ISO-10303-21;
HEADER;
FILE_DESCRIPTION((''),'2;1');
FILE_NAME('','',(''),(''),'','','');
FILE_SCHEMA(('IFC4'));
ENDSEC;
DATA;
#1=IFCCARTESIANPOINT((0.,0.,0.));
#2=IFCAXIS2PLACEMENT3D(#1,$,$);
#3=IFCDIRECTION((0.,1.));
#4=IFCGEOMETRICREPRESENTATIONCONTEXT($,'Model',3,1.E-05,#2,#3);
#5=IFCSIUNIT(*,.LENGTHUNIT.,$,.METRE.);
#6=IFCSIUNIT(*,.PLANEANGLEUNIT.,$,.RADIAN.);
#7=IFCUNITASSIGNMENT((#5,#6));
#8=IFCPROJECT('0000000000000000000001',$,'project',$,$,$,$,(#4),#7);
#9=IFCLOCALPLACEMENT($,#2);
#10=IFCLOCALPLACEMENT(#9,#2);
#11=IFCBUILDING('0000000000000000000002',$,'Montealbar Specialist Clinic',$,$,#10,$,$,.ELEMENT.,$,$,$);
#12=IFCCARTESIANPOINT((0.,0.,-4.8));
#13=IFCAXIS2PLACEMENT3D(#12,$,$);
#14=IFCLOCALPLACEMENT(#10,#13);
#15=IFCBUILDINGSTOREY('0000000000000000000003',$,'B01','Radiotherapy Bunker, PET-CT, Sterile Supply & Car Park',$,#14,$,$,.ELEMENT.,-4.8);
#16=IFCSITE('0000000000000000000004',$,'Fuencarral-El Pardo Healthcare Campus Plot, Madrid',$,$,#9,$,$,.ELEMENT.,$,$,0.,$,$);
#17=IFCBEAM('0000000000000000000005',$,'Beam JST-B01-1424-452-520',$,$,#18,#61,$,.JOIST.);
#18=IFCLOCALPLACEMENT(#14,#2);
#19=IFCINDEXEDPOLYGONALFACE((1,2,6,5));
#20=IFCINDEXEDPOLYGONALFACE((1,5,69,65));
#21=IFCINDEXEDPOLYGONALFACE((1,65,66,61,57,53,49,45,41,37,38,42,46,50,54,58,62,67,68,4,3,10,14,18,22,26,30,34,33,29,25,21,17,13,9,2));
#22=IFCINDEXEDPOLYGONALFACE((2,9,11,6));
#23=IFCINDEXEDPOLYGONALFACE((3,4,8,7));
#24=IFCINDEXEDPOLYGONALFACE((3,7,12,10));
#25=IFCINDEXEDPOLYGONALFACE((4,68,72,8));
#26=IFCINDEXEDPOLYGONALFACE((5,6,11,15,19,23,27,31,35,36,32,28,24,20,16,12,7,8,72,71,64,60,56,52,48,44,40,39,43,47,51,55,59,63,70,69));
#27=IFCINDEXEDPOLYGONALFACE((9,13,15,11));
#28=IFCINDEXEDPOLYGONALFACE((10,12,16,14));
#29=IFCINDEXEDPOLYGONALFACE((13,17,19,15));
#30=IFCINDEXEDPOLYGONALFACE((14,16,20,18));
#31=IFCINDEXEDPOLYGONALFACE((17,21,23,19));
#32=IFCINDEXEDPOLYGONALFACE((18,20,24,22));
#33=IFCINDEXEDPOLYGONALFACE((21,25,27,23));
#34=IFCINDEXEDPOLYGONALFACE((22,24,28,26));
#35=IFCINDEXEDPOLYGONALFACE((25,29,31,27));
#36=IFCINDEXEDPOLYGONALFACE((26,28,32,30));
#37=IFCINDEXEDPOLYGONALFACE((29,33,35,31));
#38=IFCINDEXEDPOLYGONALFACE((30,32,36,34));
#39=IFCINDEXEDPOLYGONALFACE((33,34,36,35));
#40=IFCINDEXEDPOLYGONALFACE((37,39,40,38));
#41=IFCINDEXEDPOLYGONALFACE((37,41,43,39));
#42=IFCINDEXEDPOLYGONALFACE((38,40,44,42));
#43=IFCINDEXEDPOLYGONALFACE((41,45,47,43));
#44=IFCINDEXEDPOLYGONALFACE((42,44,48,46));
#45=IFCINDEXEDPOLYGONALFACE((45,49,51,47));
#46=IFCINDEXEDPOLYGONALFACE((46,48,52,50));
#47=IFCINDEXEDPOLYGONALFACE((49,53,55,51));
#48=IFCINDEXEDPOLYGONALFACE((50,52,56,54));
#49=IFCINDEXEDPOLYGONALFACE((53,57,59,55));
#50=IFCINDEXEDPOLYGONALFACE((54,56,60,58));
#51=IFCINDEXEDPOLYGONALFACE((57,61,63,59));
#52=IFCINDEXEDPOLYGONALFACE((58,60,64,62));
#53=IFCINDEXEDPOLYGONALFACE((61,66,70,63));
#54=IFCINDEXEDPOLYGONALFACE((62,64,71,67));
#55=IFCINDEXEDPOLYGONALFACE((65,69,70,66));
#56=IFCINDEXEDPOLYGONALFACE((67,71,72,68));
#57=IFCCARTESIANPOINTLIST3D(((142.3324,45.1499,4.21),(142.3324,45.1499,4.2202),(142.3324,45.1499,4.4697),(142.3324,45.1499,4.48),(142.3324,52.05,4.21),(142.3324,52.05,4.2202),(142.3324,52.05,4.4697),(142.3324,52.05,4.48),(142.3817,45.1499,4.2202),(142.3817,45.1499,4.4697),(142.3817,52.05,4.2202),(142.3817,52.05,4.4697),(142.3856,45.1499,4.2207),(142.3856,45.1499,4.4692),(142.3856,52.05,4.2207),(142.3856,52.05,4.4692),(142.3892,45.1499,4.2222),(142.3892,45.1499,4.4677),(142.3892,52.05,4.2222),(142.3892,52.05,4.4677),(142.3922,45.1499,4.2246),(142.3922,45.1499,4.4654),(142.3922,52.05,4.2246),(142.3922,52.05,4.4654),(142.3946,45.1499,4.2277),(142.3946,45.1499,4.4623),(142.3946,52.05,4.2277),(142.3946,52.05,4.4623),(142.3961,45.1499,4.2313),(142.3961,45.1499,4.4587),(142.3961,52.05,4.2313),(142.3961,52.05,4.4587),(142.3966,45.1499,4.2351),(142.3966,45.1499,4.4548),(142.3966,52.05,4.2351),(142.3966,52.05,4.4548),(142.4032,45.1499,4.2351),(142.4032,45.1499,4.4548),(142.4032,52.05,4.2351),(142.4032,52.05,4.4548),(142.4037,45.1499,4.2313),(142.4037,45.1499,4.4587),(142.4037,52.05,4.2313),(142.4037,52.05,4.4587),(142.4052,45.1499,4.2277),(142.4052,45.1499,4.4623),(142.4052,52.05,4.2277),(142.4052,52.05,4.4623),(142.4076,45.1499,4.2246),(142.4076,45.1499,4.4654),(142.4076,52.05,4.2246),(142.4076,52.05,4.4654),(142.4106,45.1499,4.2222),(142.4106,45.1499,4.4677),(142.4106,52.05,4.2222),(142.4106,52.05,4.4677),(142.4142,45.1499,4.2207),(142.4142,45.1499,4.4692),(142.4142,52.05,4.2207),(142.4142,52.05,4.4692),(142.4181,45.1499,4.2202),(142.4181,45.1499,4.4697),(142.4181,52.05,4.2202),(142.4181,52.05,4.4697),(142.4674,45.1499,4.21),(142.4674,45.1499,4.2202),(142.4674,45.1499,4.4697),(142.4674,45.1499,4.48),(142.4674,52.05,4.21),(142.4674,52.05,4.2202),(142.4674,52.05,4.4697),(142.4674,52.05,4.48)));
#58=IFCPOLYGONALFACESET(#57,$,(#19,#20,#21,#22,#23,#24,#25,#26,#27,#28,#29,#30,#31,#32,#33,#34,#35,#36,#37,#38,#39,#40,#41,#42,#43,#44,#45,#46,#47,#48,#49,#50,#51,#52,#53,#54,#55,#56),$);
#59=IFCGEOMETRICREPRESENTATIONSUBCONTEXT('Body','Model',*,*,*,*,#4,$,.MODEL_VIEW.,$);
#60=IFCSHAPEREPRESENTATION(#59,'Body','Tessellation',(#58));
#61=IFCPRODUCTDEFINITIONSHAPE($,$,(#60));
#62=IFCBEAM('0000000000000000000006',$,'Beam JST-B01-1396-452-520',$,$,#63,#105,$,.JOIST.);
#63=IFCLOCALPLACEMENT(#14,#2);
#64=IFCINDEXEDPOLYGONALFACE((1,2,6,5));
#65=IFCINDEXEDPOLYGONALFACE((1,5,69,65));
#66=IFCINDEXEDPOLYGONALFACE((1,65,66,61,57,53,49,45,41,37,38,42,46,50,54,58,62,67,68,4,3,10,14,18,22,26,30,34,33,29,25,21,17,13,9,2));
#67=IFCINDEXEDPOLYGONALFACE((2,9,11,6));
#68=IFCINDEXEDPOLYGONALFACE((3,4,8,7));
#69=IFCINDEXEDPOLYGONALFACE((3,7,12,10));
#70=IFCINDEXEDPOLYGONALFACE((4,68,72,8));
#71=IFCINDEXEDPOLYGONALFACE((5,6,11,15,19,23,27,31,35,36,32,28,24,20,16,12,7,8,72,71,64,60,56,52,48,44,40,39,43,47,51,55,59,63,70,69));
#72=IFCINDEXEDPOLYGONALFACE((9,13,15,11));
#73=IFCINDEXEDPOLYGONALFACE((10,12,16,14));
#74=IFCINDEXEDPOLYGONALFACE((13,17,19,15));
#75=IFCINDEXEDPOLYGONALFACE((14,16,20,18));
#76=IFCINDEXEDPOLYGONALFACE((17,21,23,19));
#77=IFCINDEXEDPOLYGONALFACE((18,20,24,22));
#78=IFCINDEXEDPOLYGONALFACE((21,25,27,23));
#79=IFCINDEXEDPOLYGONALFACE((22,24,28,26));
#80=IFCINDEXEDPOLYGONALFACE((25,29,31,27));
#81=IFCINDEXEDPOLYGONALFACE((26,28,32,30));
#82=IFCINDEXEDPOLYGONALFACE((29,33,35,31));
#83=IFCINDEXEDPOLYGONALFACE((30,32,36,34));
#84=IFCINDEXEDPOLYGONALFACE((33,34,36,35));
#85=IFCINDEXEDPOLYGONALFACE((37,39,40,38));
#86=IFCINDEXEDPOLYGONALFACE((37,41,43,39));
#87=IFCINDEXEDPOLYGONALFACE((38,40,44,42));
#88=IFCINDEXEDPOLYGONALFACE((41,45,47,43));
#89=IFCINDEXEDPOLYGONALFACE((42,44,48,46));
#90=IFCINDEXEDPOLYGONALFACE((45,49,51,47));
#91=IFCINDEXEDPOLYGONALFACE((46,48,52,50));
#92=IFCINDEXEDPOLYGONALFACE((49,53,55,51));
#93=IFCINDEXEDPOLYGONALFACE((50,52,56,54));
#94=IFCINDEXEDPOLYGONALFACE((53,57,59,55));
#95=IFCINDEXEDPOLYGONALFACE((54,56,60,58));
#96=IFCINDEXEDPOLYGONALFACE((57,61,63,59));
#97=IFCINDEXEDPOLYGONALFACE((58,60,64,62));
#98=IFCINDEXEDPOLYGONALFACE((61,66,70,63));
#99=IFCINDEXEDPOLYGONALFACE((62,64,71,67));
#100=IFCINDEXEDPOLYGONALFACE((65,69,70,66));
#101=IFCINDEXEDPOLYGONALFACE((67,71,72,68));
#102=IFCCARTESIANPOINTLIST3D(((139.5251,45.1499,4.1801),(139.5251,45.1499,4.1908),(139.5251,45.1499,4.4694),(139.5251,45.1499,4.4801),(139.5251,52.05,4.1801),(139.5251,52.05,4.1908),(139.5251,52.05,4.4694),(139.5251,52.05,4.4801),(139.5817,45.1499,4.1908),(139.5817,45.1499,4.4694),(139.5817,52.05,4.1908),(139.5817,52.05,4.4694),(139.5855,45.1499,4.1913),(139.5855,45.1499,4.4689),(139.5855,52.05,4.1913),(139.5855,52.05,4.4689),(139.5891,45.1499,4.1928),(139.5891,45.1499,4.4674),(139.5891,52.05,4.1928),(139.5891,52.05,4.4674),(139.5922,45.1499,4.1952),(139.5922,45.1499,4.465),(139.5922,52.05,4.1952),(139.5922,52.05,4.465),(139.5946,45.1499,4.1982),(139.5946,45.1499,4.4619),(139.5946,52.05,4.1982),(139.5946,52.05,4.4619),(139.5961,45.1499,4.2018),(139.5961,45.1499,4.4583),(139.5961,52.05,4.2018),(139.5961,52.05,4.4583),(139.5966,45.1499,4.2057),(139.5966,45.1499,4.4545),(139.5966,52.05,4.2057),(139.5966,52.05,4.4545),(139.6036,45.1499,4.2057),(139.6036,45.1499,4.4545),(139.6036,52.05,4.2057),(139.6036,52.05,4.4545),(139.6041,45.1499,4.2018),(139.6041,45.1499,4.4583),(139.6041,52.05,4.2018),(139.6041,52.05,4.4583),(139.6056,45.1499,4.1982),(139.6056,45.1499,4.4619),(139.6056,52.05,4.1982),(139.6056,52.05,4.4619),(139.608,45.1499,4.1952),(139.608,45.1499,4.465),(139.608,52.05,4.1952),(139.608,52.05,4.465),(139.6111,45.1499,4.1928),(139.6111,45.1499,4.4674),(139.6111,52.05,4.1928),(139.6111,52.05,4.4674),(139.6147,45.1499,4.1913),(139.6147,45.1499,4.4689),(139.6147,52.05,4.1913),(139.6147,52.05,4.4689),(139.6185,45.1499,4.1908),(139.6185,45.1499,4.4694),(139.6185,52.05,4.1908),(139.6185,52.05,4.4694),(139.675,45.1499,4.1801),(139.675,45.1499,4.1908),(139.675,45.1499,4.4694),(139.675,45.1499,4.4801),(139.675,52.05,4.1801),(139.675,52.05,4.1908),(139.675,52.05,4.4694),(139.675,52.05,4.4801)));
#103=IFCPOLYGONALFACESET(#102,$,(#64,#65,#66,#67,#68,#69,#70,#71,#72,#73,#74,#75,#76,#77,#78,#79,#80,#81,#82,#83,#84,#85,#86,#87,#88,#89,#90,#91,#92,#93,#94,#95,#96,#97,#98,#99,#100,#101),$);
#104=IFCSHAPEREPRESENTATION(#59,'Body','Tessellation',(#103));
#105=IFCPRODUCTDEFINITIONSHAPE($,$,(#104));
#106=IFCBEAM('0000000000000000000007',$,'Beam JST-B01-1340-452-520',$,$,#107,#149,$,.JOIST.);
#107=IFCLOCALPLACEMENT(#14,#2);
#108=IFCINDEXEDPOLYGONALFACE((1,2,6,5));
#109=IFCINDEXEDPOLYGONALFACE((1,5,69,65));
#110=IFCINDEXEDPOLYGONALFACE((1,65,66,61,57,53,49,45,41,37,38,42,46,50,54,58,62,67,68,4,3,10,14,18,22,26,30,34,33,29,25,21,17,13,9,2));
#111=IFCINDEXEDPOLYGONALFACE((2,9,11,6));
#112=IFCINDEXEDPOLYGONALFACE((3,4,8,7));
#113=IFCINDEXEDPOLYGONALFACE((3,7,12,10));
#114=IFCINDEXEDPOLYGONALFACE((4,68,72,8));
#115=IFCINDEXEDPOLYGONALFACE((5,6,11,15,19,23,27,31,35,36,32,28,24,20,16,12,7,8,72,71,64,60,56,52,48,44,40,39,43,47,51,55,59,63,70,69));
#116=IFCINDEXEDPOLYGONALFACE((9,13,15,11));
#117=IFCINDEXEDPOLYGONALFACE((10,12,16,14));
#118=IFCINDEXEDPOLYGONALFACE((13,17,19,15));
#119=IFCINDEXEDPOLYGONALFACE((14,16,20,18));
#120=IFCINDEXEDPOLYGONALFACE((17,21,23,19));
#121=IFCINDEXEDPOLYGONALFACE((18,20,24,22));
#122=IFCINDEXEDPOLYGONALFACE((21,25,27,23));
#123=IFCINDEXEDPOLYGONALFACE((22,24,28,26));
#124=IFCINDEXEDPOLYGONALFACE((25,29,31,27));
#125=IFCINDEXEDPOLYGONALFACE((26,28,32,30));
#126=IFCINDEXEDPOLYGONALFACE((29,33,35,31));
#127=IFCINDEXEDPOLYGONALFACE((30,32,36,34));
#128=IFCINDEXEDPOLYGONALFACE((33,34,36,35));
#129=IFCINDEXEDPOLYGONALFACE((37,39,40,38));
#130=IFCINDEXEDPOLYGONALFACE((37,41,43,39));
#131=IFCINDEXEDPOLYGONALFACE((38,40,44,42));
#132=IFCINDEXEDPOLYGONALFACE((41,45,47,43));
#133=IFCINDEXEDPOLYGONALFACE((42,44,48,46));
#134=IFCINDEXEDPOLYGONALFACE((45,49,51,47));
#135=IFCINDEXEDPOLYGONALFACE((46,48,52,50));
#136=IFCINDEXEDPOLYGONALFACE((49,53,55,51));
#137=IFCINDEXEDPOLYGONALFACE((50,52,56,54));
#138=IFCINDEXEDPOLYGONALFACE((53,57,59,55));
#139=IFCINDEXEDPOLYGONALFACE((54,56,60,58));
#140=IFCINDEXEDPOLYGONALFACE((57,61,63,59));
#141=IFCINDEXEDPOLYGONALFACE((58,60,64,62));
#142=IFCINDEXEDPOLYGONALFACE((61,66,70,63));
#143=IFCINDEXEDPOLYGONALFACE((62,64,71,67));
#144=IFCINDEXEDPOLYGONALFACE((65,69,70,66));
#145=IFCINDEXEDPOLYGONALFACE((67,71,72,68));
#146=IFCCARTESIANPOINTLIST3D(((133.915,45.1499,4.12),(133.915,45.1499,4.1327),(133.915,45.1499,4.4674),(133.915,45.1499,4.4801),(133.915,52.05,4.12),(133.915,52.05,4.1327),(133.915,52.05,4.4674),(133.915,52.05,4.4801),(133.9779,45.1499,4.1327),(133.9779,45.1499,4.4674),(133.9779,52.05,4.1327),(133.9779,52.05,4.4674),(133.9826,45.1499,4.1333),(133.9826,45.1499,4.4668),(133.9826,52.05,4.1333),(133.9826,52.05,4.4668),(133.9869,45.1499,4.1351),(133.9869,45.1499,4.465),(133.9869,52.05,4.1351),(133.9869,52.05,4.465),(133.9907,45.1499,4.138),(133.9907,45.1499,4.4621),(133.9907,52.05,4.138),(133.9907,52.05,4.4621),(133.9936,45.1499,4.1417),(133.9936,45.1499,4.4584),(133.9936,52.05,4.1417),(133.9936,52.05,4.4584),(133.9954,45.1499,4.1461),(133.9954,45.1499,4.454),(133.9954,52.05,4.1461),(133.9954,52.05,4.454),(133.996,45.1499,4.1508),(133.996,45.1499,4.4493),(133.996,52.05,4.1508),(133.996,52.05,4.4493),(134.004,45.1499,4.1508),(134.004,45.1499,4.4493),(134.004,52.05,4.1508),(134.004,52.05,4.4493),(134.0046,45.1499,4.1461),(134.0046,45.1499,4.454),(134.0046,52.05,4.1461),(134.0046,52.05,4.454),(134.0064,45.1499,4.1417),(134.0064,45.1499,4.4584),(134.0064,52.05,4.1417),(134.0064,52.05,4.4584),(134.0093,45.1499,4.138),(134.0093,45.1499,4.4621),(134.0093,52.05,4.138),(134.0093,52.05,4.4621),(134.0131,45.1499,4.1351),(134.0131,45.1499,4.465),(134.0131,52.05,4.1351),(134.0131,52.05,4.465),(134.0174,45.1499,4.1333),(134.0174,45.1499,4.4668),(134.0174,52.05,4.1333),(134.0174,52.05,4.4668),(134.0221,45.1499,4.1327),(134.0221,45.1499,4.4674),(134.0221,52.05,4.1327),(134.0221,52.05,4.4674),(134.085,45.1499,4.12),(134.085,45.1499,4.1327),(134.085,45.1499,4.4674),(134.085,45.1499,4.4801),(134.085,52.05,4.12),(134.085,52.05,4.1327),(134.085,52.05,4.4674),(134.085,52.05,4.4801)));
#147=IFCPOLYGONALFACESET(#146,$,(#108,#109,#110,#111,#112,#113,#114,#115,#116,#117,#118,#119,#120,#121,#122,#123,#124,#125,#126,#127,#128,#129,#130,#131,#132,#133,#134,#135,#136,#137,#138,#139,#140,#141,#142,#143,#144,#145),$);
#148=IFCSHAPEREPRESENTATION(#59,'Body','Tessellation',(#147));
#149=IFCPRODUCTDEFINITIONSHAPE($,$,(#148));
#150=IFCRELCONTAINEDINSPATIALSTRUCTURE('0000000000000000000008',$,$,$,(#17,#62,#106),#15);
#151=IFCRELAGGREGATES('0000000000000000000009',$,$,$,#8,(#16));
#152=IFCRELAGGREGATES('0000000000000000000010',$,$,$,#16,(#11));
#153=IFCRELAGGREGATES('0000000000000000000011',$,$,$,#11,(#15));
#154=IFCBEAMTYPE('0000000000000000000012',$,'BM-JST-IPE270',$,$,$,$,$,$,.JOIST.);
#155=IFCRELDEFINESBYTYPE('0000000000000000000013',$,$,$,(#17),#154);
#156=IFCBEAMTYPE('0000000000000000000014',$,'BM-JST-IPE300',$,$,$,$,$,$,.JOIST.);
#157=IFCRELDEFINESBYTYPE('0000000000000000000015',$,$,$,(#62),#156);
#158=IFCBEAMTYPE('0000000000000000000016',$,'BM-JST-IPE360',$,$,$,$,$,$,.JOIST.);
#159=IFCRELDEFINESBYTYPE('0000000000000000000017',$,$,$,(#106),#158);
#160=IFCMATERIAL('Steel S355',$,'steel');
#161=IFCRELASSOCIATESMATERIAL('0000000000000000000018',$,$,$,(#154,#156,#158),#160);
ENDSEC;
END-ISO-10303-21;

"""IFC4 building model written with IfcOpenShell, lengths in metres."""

from ifc_helpers import new_model, si_unit, direction, frame, origin, origin_2d, place, context, subcontext, project, spatial, i_section, extrude, material, material_profile, profile_set, type_object, element, save


model = new_model("IFC4")

# Units and contexts
model_context = context("Model", 3, precision=1e-05, world=origin(), true_north=direction((0.0, 1.0)))
body_context = subcontext(model_context, "Body", "Model", "MODEL_VIEW")
ifc_project = project(units=[si_unit("LENGTHUNIT", "METRE"), si_unit("PLANEANGLEUNIT", "RADIAN")], contexts=[model_context])

# Site, building, storey
site_placement = place(None, origin())
site = spatial("IfcSite", under=ifc_project, at=site_placement, Name="Fuencarral-El Pardo Healthcare Campus Plot, Madrid", CompositionType="ELEMENT", RefElevation=0.0)
building_placement = place(site_placement, origin())
building = spatial("IfcBuilding", under=site, at=building_placement, Name="Montealbar Specialist Clinic", CompositionType="ELEMENT")
storey_placement = place(building_placement, frame((0.0, 0.0, -4.8)))
storey = spatial("IfcBuildingStorey", under=building, at=storey_placement, Name="B01", Description="Radiotherapy Bunker, PET-CT, Sterile Supply & Car Park", CompositionType="ELEMENT", Elevation=-4.8)

# Shared definitions
ifc_material_1 = material(Name="Steel S355", Category="steel")

# Beams
ifc_material_profile_1 = material_profile(ifc_material_1, i_section(OverallWidth=0.135, OverallDepth=0.27, WebThickness=0.0066, FlangeThickness=0.0103, FilletRadius=0.0149, at=origin_2d()), Name="IPE 270", Category="steel")
ifc_profile_set_1 = profile_set([ifc_material_profile_1], Name="Steel S355")
beam_type_1 = type_object("IfcBeamType", Name="BM-JST-IPE270", PredefinedType="JOIST", material=ifc_profile_set_1)
beam_1_placement = place(storey_placement, frame((142.3999, 45.1499, 4.345), z_axis=(0.0, 1.0, 0.0), x_axis=(-1.0, 0.0, 0.0)))
element("IfcBeam", 1, at=beam_1_placement, inside=storey, type_object=beam_type_1, Name="Beam JST-B01-1424-452-520", PredefinedType="JOIST", context=body_context, shape_type="SweptSolid", body=[
    extrude(i_section(OverallWidth=0.135, OverallDepth=0.27, WebThickness=0.0066, FlangeThickness=0.0103, FilletRadius=0.0149, at=origin_2d()), origin(), (0.0, 0.0, 1.0), 6.9001),
])
ifc_material_profile_2 = material_profile(ifc_material_1, i_section(OverallWidth=0.1499, OverallDepth=0.3, WebThickness=0.0071, FlangeThickness=0.0107, FilletRadius=0.0149, at=origin_2d()), Name="IPE 300", Category="steel")
ifc_profile_set_2 = profile_set([ifc_material_profile_2], Name="Steel S355")
beam_type_2 = type_object("IfcBeamType", Name="BM-JST-IPE300", PredefinedType="JOIST", material=ifc_profile_set_2)
beam_2_placement = place(storey_placement, frame((139.6001, 45.1499, 4.3301), z_axis=(0.0, 1.0, 0.0), x_axis=(-1.0, 0.0, 0.0)))
element("IfcBeam", 2, at=beam_2_placement, inside=storey, type_object=beam_type_2, Name="Beam JST-B01-1396-452-520", PredefinedType="JOIST", context=body_context, shape_type="SweptSolid", body=[
    extrude(i_section(OverallWidth=0.1499, OverallDepth=0.3, WebThickness=0.0071, FlangeThickness=0.0107, FilletRadius=0.0149, at=origin_2d()), origin(), (0.0, 0.0, 1.0), 6.9001),
])
ifc_material_profile_3 = material_profile(ifc_material_1, i_section(OverallWidth=0.1699, OverallDepth=0.3601, WebThickness=0.0081, FlangeThickness=0.0127, FilletRadius=0.0181, at=origin_2d()), Name="IPE 360", Category="steel")
ifc_profile_set_3 = profile_set([ifc_material_profile_3], Name="Steel S355")
beam_type_3 = type_object("IfcBeamType", Name="BM-JST-IPE360", PredefinedType="JOIST", material=ifc_profile_set_3)
beam_3_placement = place(storey_placement, frame((134.0, 45.1499, 4.3), z_axis=(0.0, 1.0, 0.0), x_axis=(-1.0, 0.0, 0.0)))
element("IfcBeam", 3, at=beam_3_placement, inside=storey, type_object=beam_type_3, Name="Beam JST-B01-1340-452-520", PredefinedType="JOIST", context=body_context, shape_type="SweptSolid", body=[
    extrude(i_section(OverallWidth=0.1699, OverallDepth=0.3601, WebThickness=0.0081, FlangeThickness=0.0127, FilletRadius=0.0181, at=origin_2d()), origin(), (0.0, 0.0, 1.0), 6.9001),
])

save(model, "model.ifc")
